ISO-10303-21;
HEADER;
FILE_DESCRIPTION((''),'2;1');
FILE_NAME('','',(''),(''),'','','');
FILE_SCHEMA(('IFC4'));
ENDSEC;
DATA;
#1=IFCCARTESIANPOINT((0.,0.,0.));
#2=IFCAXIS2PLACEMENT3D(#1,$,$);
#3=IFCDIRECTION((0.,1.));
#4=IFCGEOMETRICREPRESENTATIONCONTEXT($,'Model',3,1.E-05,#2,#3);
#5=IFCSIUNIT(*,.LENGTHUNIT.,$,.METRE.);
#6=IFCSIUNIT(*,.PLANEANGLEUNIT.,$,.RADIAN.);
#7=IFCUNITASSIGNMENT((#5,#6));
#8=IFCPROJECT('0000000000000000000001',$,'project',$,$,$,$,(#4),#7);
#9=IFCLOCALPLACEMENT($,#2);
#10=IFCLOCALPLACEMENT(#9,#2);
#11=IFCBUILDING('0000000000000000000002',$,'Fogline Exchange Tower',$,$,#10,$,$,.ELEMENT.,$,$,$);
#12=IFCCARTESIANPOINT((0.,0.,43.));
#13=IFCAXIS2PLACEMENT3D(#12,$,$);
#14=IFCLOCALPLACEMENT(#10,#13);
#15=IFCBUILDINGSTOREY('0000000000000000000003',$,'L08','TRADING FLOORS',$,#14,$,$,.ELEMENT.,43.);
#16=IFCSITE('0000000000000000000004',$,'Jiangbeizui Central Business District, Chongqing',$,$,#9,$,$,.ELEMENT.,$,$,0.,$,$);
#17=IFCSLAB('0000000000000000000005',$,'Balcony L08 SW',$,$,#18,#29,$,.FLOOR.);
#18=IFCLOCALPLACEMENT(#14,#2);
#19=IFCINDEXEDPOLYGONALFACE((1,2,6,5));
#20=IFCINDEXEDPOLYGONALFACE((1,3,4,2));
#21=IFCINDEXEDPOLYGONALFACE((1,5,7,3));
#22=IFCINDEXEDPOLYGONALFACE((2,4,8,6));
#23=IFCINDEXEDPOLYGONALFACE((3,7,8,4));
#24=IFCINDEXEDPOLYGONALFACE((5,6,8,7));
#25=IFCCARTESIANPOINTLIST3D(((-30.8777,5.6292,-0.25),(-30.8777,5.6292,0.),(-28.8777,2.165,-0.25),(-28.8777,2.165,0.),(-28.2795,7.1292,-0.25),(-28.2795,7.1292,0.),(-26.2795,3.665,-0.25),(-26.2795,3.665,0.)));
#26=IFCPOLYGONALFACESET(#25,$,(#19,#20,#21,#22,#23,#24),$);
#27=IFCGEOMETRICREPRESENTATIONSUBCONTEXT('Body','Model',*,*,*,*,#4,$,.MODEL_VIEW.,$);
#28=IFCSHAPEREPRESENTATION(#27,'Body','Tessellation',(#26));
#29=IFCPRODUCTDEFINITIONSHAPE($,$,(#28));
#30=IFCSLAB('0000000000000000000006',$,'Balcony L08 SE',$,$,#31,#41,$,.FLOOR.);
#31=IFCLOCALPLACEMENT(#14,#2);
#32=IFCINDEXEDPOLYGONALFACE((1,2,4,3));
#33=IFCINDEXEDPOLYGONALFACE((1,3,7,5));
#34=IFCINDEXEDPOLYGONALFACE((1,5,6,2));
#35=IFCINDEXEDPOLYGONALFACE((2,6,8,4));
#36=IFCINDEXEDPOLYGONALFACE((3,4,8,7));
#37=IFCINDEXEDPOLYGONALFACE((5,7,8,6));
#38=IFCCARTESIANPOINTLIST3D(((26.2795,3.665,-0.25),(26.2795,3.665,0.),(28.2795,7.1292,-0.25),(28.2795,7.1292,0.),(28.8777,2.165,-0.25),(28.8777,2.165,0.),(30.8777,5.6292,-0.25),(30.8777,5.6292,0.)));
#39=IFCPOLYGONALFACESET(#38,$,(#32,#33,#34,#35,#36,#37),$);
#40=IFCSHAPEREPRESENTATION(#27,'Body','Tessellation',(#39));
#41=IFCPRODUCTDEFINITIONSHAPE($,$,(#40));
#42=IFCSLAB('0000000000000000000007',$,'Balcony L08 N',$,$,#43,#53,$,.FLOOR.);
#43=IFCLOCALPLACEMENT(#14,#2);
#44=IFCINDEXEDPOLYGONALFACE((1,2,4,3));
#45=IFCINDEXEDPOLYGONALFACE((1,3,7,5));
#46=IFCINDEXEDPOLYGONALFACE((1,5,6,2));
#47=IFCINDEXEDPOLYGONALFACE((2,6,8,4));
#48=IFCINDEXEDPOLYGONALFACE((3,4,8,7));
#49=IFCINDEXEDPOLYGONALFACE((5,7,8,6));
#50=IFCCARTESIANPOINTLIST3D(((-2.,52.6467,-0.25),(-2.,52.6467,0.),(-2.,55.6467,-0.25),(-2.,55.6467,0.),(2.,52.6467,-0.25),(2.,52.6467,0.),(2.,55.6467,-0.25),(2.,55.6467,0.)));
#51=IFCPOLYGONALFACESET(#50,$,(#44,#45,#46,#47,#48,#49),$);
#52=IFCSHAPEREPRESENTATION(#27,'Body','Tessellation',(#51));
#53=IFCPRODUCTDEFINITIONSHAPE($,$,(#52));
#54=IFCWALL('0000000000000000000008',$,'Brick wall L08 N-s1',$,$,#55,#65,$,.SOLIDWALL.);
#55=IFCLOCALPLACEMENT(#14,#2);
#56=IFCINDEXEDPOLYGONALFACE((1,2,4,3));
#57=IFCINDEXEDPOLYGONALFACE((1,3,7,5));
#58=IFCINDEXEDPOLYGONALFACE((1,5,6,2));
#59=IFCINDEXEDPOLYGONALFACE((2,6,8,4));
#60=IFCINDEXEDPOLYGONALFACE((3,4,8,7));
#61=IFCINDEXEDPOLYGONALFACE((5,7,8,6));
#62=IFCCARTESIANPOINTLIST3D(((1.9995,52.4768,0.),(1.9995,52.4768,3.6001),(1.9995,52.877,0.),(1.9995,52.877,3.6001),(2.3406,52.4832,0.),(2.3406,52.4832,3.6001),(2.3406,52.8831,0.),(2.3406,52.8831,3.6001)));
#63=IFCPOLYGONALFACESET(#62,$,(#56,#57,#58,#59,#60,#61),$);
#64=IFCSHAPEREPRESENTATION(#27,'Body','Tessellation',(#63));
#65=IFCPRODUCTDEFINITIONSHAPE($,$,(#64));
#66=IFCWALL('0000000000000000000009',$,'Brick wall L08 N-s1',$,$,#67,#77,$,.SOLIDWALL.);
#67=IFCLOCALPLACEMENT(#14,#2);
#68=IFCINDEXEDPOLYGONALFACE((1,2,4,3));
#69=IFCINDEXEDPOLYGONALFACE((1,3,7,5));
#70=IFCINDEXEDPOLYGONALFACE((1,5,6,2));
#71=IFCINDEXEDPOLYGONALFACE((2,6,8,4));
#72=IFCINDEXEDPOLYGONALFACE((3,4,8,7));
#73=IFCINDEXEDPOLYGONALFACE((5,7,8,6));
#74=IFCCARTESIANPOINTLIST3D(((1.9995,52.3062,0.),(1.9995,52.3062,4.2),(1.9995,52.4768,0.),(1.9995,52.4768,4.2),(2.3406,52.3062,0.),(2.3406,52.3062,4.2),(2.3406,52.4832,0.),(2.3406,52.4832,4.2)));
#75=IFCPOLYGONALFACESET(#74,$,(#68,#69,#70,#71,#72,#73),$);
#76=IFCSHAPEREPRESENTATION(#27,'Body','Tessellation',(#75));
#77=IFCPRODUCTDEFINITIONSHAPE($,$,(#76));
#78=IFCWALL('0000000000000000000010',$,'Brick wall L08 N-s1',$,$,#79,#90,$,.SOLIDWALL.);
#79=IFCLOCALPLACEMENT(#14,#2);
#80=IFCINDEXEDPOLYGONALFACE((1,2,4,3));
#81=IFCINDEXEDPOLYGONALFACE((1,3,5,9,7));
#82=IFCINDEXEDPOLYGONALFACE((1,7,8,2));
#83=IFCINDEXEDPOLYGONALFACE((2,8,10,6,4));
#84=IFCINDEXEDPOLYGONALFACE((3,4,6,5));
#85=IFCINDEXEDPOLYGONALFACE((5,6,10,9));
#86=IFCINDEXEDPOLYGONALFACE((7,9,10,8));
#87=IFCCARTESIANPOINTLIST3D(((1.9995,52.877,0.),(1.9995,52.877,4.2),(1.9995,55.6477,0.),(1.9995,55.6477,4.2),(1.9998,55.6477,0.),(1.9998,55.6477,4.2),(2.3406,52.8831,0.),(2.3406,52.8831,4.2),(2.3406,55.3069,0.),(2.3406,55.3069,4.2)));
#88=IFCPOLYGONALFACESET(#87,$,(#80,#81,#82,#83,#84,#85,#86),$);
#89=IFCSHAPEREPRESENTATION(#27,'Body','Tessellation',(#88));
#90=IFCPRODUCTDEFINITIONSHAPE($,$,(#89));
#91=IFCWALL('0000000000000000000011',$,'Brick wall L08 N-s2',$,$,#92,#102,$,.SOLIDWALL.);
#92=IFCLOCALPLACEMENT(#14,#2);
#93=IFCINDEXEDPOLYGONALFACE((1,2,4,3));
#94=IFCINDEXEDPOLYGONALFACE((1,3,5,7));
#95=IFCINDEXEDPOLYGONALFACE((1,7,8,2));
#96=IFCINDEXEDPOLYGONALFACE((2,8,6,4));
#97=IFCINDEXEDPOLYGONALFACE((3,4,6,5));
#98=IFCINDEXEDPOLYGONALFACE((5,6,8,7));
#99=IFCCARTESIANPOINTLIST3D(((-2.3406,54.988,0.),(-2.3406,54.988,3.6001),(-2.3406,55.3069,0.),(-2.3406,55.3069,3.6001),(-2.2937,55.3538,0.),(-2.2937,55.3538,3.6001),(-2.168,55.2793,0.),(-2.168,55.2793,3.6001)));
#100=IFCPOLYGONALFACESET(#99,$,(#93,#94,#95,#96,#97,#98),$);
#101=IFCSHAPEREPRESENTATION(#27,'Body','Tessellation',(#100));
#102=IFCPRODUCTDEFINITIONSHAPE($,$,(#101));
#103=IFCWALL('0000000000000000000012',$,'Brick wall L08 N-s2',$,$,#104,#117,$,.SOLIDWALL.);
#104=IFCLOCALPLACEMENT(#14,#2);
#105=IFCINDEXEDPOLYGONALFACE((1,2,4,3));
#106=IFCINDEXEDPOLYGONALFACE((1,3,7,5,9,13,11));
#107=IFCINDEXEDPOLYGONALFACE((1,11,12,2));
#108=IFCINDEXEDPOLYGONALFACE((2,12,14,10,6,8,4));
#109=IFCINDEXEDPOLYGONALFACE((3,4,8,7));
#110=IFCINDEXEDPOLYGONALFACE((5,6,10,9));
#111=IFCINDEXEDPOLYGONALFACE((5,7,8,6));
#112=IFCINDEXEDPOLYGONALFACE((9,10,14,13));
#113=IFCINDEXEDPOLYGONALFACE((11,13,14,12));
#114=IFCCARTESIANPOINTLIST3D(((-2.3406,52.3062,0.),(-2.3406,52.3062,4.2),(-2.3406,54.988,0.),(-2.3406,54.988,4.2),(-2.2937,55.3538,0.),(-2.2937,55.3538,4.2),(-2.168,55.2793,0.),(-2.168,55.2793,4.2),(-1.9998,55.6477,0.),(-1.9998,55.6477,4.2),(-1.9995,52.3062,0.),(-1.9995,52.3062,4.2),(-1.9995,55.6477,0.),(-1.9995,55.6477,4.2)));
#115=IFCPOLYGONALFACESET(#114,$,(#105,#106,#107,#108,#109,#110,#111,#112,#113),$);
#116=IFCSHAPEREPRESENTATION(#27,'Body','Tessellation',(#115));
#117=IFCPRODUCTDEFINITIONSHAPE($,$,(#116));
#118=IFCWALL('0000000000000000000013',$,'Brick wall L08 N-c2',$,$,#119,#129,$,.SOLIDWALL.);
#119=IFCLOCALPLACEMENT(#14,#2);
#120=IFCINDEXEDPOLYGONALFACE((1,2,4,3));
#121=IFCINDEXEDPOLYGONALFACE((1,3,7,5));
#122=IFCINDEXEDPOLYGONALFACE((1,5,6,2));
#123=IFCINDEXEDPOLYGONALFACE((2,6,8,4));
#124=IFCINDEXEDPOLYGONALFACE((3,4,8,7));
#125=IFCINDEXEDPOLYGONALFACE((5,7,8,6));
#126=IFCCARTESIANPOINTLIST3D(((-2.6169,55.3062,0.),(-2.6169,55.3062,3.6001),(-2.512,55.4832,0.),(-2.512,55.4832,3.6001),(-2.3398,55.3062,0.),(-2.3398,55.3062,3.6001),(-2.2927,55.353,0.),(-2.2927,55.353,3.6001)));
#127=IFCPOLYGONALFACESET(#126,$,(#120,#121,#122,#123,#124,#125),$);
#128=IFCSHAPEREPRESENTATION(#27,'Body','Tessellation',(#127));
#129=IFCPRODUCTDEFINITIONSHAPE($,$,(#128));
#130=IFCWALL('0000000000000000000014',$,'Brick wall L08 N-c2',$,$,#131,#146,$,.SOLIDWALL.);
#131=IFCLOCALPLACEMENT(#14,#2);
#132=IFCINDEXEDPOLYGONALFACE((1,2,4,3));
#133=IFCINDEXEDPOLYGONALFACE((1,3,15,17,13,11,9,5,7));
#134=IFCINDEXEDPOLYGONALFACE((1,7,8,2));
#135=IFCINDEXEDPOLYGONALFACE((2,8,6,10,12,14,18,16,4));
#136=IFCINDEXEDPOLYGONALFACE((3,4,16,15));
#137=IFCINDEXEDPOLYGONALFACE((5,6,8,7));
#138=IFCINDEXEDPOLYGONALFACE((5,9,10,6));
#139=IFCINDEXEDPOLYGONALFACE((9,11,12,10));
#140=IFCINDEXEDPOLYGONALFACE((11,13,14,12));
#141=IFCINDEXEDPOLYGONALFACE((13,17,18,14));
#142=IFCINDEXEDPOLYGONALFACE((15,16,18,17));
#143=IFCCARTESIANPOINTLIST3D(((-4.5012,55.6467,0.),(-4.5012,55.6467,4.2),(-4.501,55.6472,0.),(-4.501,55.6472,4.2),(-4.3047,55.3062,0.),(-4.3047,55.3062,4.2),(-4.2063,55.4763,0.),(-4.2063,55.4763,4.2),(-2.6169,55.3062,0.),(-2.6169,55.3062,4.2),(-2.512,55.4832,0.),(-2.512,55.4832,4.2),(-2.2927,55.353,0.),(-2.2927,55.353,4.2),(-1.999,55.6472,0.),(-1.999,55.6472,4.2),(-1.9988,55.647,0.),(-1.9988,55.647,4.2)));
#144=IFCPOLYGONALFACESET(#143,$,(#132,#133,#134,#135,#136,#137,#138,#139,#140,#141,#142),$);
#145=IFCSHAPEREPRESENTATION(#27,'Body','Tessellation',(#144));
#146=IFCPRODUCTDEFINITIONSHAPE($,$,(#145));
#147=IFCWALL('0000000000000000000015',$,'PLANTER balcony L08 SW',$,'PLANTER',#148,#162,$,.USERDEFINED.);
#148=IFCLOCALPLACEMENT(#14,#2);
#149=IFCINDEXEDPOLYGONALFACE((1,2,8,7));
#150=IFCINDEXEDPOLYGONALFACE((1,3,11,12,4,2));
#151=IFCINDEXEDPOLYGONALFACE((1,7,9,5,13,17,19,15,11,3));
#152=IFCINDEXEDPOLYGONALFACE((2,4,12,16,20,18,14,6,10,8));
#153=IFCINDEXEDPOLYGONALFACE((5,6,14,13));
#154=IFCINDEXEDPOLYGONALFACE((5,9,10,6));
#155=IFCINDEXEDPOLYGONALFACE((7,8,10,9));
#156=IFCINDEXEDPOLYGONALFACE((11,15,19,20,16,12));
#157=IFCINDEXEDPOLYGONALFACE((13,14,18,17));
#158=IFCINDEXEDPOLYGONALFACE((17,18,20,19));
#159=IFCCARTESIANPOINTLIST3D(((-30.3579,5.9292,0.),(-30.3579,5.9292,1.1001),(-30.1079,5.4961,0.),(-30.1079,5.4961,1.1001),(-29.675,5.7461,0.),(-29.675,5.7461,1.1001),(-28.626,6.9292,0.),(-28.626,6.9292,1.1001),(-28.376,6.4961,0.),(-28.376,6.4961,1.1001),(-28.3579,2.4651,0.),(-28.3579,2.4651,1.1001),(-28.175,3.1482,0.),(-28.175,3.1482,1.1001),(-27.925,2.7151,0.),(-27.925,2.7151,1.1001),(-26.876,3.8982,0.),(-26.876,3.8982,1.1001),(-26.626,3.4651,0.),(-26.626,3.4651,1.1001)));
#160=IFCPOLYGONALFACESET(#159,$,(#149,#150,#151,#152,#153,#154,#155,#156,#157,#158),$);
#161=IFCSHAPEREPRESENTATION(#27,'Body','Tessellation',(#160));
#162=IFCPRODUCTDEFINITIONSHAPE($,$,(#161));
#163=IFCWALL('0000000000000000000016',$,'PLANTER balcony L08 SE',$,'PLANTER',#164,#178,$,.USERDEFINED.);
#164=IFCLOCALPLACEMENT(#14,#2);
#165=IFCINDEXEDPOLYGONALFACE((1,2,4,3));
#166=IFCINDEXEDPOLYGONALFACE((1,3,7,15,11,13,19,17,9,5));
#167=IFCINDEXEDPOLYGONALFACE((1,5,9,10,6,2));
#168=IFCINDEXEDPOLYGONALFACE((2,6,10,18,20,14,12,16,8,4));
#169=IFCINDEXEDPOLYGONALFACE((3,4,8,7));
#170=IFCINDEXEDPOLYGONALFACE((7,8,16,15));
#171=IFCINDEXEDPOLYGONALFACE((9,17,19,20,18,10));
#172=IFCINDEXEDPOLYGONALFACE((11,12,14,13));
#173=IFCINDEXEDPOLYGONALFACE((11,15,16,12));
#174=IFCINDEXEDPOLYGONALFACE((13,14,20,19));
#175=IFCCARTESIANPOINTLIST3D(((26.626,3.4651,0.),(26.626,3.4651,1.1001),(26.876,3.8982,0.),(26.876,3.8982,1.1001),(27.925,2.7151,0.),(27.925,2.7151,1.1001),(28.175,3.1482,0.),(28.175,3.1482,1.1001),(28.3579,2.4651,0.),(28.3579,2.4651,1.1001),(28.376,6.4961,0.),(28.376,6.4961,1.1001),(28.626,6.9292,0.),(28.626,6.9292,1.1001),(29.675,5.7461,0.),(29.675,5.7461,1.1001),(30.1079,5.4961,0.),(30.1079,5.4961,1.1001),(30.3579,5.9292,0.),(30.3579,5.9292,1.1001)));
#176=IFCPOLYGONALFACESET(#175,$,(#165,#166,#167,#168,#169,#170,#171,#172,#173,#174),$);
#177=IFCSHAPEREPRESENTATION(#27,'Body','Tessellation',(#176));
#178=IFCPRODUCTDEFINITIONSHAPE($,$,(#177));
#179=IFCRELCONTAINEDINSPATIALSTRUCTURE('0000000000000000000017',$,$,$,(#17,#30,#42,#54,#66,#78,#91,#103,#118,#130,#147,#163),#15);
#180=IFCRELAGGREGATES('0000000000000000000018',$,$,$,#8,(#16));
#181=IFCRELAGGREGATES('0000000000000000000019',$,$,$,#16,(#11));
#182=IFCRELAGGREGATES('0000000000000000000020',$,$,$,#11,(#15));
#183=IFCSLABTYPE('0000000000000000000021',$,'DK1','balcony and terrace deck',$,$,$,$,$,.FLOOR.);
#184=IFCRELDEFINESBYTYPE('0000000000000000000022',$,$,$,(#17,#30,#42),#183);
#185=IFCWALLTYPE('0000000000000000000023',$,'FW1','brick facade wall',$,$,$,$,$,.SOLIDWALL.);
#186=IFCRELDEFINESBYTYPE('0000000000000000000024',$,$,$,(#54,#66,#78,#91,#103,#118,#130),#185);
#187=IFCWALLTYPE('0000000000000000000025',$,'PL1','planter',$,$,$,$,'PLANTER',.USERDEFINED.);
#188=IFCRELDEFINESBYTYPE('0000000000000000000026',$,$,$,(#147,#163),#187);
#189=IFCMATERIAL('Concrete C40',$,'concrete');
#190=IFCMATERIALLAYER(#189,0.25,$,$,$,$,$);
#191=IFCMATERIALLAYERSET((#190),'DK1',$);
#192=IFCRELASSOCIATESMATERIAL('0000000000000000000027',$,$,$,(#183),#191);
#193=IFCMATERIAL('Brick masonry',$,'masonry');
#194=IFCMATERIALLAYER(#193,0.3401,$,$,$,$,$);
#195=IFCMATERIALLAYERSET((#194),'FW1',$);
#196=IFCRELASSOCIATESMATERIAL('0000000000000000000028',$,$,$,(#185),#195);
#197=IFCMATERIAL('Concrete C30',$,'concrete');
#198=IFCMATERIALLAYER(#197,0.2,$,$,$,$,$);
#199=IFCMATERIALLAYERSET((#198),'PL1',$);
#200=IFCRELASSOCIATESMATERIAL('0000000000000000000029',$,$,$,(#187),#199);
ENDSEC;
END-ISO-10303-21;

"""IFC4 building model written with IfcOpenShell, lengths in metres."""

from ifc_helpers import new_model, si_unit, direction, frame, origin, place, context, subcontext, project, spatial, polyline, outline, extrude, material, layer, layer_set, type_object, element, save


model = new_model("IFC4")

# Units and contexts
model_context = context("Model", 3, precision=1e-05, world=origin(), true_north=direction((0.0, 1.0)))
body_context = subcontext(model_context, "Body", "Model", "MODEL_VIEW")
ifc_project = project(units=[si_unit("LENGTHUNIT", "METRE"), si_unit("PLANEANGLEUNIT", "RADIAN")], contexts=[model_context])

# Site, building, storey
site_placement = place(None, origin())
site = spatial("IfcSite", under=ifc_project, at=site_placement, Name="Jiangbeizui Central Business District, Chongqing", CompositionType="ELEMENT", RefElevation=0.0)
building_placement = place(site_placement, origin())
building = spatial("IfcBuilding", under=site, at=building_placement, Name="Fogline Exchange Tower", CompositionType="ELEMENT")
storey_placement = place(building_placement, frame((0.0, 0.0, 43.0)))
storey = spatial("IfcBuildingStorey", under=building, at=storey_placement, Name="L08", Description="TRADING FLOORS", CompositionType="ELEMENT", Elevation=43.0)

# Slabs
ifc_material_1 = material(Name="Concrete C40", Category="concrete")
ifc_layer_1 = layer(ifc_material_1, 0.25)
ifc_layer_set_1 = layer_set([ifc_layer_1], Name="DK1")
slab_type = type_object("IfcSlabType", Name="DK1", Description="balcony and terrace deck", PredefinedType="FLOOR", material=ifc_layer_set_1)
slab_1_placement = place(storey_placement, frame((0.0, 0.0, -0.25)))
element("IfcSlab", 1, at=slab_1_placement, inside=storey, type_object=slab_type, Name="Balcony L08 SW", PredefinedType="FLOOR", context=body_context, shape_type="SweptSolid", body=[
    extrude(outline(polyline([(-30.8777, 5.6292), (-28.8777, 2.165), (-26.2795, 3.665), (-28.2795, 7.1292), (-30.8777, 5.6292)])), origin(), (0.0, 0.0, 1.0), 0.25),
])
slab_2_placement = place(storey_placement, frame((0.0, 0.0, -0.25)))
element("IfcSlab", 2, at=slab_2_placement, inside=storey, type_object=slab_type, Name="Balcony L08 SE", PredefinedType="FLOOR", context=body_context, shape_type="SweptSolid", body=[
    extrude(outline(polyline([(28.8777, 2.165), (30.8777, 5.6292), (28.2795, 7.1292), (26.2795, 3.665), (28.8777, 2.165)])), origin(), (0.0, 0.0, 1.0), 0.25),
])
slab_3_placement = place(storey_placement, frame((0.0, 0.0, -0.25)))
element("IfcSlab", 3, at=slab_3_placement, inside=storey, type_object=slab_type, Name="Balcony L08 N", PredefinedType="FLOOR", context=body_context, shape_type="SweptSolid", body=[
    extrude(outline(polyline([(2.0, 55.6467), (-2.0, 55.6467), (-2.0, 52.6467), (2.0, 52.6467), (2.0, 55.6467)])), origin(), (0.0, 0.0, 1.0), 0.25),
])

# Walls
ifc_material_2 = material(Name="Brick masonry", Category="masonry")
ifc_layer_2 = layer(ifc_material_2, 0.3401)
ifc_layer_set_2 = layer_set([ifc_layer_2], Name="FW1")
wall_type_1 = type_object("IfcWallType", Name="FW1", Description="brick facade wall", PredefinedType="SOLIDWALL", material=ifc_layer_set_2)
wall_1_placement = place(storey_placement, origin())
element("IfcWall", 4, at=wall_1_placement, inside=storey, type_object=wall_type_1, Name="Brick wall L08 N-s1", PredefinedType="SOLIDWALL", context=body_context, shape_type="SweptSolid", body=[
    extrude(outline(polyline([(1.9995, 52.877), (2.3406, 52.8831), (2.3406, 52.4832), (1.9995, 52.4768), (1.9995, 52.877)])), origin(), (0.0, 0.0, 1.0), 3.6001),
])
wall_2_placement = place(storey_placement, origin())
element("IfcWall", 5, at=wall_2_placement, inside=storey, type_object=wall_type_1, Name="Brick wall L08 N-s1", PredefinedType="SOLIDWALL", context=body_context, shape_type="SweptSolid", body=[
    extrude(outline(polyline([(1.9995, 52.3062), (1.9995, 52.4768), (2.3406, 52.4832), (2.3406, 52.3062), (1.9995, 52.3062)])), origin(), (0.0, 0.0, 1.0), 4.2),
])
wall_3_placement = place(storey_placement, origin())
element("IfcWall", 6, at=wall_3_placement, inside=storey, type_object=wall_type_1, Name="Brick wall L08 N-s1", PredefinedType="SOLIDWALL", context=body_context, shape_type="SweptSolid", body=[
    extrude(outline(polyline([(1.9995, 55.6477), (1.9998, 55.6477), (2.3406, 55.3069), (2.3406, 52.8831), (1.9995, 52.877), (1.9995, 55.6477)])), origin(), (0.0, 0.0, 1.0), 4.2),
])
wall_4_placement = place(storey_placement, origin())
element("IfcWall", 7, at=wall_4_placement, inside=storey, type_object=wall_type_1, Name="Brick wall L08 N-s2", PredefinedType="SOLIDWALL", context=body_context, shape_type="SweptSolid", body=[
    extrude(outline(polyline([(-2.3406, 55.3069), (-2.2937, 55.3538), (-2.168, 55.2793), (-2.3406, 54.988), (-2.3406, 55.3069)])), origin(), (0.0, 0.0, 1.0), 3.6001),
])
wall_5_placement = place(storey_placement, origin())
element("IfcWall", 8, at=wall_5_placement, inside=storey, type_object=wall_type_1, Name="Brick wall L08 N-s2", PredefinedType="SOLIDWALL", context=body_context, shape_type="SweptSolid", body=[
    extrude(outline(polyline([(-1.9995, 52.3062), (-2.3406, 52.3062), (-2.3406, 54.988), (-2.168, 55.2793), (-2.2937, 55.3538), (-1.9998, 55.6477), (-1.9995, 55.6477), (-1.9995, 52.3062)])), origin(), (0.0, 0.0, 1.0), 4.2),
])
wall_6_placement = place(storey_placement, origin())
element("IfcWall", 9, at=wall_6_placement, inside=storey, type_object=wall_type_1, Name="Brick wall L08 N-c2", PredefinedType="SOLIDWALL", context=body_context, shape_type="SweptSolid", body=[
    extrude(outline(polyline([(-2.3398, 55.3062), (-2.6169, 55.3062), (-2.512, 55.4832), (-2.2927, 55.353), (-2.3398, 55.3062)])), origin(), (0.0, 0.0, 1.0), 3.6001),
])
wall_7_placement = place(storey_placement, origin())
element("IfcWall", 10, at=wall_7_placement, inside=storey, type_object=wall_type_1, Name="Brick wall L08 N-c2", PredefinedType="SOLIDWALL", context=body_context, shape_type="SweptSolid", body=[
    extrude(outline(polyline([(-4.2063, 55.4763), (-4.5012, 55.6467), (-4.501, 55.6472), (-1.999, 55.6472), (-1.9988, 55.647), (-2.2927, 55.353), (-2.512, 55.4832), (-2.6169, 55.3062), (-4.3047, 55.3062), (-4.2063, 55.4763)])), origin(), (0.0, 0.0, 1.0), 4.2),
])
ifc_material_3 = material(Name="Concrete C30", Category="concrete")
ifc_layer_3 = layer(ifc_material_3, 0.2)
ifc_layer_set_3 = layer_set([ifc_layer_3], Name="PL1")
wall_type_2 = type_object("IfcWallType", Name="PL1", Description="planter", ElementType="PLANTER", PredefinedType="USERDEFINED", material=ifc_layer_set_3)
wall_8_placement = place(storey_placement, origin())
element("IfcWall", 11, at=wall_8_placement, inside=storey, type_object=wall_type_2, Name="PLANTER balcony L08 SW", ObjectType="PLANTER", PredefinedType="USERDEFINED", context=body_context, shape_type="SweptSolid", body=[
    extrude(outline(polyline([(-26.876, 3.8982), (-28.175, 3.1482), (-29.675, 5.7461), (-28.376, 6.4961), (-28.626, 6.9292), (-30.3579, 5.9292), (-30.1079, 5.4961), (-28.3579, 2.4651), (-27.925, 2.7151), (-27.925, 2.7151), (-26.626, 3.4651), (-26.876, 3.8982)])), origin(), (0.0, 0.0, 1.0), 1.1001),
])
wall_9_placement = place(storey_placement, origin())
element("IfcWall", 12, at=wall_9_placement, inside=storey, type_object=wall_type_2, Name="PLANTER balcony L08 SE", ObjectType="PLANTER", PredefinedType="USERDEFINED", context=body_context, shape_type="SweptSolid", body=[
    extrude(outline(polyline([(26.626, 3.4651), (27.925, 2.7151), (27.925, 2.7151), (28.3579, 2.4651), (30.1079, 5.4961), (30.3579, 5.9292), (28.626, 6.9292), (28.376, 6.4961), (29.675, 5.7461), (28.175, 3.1482), (26.876, 3.8982), (26.626, 3.4651)])), origin(), (0.0, 0.0, 1.0), 1.1001),
])

save(model, "model.ifc")
